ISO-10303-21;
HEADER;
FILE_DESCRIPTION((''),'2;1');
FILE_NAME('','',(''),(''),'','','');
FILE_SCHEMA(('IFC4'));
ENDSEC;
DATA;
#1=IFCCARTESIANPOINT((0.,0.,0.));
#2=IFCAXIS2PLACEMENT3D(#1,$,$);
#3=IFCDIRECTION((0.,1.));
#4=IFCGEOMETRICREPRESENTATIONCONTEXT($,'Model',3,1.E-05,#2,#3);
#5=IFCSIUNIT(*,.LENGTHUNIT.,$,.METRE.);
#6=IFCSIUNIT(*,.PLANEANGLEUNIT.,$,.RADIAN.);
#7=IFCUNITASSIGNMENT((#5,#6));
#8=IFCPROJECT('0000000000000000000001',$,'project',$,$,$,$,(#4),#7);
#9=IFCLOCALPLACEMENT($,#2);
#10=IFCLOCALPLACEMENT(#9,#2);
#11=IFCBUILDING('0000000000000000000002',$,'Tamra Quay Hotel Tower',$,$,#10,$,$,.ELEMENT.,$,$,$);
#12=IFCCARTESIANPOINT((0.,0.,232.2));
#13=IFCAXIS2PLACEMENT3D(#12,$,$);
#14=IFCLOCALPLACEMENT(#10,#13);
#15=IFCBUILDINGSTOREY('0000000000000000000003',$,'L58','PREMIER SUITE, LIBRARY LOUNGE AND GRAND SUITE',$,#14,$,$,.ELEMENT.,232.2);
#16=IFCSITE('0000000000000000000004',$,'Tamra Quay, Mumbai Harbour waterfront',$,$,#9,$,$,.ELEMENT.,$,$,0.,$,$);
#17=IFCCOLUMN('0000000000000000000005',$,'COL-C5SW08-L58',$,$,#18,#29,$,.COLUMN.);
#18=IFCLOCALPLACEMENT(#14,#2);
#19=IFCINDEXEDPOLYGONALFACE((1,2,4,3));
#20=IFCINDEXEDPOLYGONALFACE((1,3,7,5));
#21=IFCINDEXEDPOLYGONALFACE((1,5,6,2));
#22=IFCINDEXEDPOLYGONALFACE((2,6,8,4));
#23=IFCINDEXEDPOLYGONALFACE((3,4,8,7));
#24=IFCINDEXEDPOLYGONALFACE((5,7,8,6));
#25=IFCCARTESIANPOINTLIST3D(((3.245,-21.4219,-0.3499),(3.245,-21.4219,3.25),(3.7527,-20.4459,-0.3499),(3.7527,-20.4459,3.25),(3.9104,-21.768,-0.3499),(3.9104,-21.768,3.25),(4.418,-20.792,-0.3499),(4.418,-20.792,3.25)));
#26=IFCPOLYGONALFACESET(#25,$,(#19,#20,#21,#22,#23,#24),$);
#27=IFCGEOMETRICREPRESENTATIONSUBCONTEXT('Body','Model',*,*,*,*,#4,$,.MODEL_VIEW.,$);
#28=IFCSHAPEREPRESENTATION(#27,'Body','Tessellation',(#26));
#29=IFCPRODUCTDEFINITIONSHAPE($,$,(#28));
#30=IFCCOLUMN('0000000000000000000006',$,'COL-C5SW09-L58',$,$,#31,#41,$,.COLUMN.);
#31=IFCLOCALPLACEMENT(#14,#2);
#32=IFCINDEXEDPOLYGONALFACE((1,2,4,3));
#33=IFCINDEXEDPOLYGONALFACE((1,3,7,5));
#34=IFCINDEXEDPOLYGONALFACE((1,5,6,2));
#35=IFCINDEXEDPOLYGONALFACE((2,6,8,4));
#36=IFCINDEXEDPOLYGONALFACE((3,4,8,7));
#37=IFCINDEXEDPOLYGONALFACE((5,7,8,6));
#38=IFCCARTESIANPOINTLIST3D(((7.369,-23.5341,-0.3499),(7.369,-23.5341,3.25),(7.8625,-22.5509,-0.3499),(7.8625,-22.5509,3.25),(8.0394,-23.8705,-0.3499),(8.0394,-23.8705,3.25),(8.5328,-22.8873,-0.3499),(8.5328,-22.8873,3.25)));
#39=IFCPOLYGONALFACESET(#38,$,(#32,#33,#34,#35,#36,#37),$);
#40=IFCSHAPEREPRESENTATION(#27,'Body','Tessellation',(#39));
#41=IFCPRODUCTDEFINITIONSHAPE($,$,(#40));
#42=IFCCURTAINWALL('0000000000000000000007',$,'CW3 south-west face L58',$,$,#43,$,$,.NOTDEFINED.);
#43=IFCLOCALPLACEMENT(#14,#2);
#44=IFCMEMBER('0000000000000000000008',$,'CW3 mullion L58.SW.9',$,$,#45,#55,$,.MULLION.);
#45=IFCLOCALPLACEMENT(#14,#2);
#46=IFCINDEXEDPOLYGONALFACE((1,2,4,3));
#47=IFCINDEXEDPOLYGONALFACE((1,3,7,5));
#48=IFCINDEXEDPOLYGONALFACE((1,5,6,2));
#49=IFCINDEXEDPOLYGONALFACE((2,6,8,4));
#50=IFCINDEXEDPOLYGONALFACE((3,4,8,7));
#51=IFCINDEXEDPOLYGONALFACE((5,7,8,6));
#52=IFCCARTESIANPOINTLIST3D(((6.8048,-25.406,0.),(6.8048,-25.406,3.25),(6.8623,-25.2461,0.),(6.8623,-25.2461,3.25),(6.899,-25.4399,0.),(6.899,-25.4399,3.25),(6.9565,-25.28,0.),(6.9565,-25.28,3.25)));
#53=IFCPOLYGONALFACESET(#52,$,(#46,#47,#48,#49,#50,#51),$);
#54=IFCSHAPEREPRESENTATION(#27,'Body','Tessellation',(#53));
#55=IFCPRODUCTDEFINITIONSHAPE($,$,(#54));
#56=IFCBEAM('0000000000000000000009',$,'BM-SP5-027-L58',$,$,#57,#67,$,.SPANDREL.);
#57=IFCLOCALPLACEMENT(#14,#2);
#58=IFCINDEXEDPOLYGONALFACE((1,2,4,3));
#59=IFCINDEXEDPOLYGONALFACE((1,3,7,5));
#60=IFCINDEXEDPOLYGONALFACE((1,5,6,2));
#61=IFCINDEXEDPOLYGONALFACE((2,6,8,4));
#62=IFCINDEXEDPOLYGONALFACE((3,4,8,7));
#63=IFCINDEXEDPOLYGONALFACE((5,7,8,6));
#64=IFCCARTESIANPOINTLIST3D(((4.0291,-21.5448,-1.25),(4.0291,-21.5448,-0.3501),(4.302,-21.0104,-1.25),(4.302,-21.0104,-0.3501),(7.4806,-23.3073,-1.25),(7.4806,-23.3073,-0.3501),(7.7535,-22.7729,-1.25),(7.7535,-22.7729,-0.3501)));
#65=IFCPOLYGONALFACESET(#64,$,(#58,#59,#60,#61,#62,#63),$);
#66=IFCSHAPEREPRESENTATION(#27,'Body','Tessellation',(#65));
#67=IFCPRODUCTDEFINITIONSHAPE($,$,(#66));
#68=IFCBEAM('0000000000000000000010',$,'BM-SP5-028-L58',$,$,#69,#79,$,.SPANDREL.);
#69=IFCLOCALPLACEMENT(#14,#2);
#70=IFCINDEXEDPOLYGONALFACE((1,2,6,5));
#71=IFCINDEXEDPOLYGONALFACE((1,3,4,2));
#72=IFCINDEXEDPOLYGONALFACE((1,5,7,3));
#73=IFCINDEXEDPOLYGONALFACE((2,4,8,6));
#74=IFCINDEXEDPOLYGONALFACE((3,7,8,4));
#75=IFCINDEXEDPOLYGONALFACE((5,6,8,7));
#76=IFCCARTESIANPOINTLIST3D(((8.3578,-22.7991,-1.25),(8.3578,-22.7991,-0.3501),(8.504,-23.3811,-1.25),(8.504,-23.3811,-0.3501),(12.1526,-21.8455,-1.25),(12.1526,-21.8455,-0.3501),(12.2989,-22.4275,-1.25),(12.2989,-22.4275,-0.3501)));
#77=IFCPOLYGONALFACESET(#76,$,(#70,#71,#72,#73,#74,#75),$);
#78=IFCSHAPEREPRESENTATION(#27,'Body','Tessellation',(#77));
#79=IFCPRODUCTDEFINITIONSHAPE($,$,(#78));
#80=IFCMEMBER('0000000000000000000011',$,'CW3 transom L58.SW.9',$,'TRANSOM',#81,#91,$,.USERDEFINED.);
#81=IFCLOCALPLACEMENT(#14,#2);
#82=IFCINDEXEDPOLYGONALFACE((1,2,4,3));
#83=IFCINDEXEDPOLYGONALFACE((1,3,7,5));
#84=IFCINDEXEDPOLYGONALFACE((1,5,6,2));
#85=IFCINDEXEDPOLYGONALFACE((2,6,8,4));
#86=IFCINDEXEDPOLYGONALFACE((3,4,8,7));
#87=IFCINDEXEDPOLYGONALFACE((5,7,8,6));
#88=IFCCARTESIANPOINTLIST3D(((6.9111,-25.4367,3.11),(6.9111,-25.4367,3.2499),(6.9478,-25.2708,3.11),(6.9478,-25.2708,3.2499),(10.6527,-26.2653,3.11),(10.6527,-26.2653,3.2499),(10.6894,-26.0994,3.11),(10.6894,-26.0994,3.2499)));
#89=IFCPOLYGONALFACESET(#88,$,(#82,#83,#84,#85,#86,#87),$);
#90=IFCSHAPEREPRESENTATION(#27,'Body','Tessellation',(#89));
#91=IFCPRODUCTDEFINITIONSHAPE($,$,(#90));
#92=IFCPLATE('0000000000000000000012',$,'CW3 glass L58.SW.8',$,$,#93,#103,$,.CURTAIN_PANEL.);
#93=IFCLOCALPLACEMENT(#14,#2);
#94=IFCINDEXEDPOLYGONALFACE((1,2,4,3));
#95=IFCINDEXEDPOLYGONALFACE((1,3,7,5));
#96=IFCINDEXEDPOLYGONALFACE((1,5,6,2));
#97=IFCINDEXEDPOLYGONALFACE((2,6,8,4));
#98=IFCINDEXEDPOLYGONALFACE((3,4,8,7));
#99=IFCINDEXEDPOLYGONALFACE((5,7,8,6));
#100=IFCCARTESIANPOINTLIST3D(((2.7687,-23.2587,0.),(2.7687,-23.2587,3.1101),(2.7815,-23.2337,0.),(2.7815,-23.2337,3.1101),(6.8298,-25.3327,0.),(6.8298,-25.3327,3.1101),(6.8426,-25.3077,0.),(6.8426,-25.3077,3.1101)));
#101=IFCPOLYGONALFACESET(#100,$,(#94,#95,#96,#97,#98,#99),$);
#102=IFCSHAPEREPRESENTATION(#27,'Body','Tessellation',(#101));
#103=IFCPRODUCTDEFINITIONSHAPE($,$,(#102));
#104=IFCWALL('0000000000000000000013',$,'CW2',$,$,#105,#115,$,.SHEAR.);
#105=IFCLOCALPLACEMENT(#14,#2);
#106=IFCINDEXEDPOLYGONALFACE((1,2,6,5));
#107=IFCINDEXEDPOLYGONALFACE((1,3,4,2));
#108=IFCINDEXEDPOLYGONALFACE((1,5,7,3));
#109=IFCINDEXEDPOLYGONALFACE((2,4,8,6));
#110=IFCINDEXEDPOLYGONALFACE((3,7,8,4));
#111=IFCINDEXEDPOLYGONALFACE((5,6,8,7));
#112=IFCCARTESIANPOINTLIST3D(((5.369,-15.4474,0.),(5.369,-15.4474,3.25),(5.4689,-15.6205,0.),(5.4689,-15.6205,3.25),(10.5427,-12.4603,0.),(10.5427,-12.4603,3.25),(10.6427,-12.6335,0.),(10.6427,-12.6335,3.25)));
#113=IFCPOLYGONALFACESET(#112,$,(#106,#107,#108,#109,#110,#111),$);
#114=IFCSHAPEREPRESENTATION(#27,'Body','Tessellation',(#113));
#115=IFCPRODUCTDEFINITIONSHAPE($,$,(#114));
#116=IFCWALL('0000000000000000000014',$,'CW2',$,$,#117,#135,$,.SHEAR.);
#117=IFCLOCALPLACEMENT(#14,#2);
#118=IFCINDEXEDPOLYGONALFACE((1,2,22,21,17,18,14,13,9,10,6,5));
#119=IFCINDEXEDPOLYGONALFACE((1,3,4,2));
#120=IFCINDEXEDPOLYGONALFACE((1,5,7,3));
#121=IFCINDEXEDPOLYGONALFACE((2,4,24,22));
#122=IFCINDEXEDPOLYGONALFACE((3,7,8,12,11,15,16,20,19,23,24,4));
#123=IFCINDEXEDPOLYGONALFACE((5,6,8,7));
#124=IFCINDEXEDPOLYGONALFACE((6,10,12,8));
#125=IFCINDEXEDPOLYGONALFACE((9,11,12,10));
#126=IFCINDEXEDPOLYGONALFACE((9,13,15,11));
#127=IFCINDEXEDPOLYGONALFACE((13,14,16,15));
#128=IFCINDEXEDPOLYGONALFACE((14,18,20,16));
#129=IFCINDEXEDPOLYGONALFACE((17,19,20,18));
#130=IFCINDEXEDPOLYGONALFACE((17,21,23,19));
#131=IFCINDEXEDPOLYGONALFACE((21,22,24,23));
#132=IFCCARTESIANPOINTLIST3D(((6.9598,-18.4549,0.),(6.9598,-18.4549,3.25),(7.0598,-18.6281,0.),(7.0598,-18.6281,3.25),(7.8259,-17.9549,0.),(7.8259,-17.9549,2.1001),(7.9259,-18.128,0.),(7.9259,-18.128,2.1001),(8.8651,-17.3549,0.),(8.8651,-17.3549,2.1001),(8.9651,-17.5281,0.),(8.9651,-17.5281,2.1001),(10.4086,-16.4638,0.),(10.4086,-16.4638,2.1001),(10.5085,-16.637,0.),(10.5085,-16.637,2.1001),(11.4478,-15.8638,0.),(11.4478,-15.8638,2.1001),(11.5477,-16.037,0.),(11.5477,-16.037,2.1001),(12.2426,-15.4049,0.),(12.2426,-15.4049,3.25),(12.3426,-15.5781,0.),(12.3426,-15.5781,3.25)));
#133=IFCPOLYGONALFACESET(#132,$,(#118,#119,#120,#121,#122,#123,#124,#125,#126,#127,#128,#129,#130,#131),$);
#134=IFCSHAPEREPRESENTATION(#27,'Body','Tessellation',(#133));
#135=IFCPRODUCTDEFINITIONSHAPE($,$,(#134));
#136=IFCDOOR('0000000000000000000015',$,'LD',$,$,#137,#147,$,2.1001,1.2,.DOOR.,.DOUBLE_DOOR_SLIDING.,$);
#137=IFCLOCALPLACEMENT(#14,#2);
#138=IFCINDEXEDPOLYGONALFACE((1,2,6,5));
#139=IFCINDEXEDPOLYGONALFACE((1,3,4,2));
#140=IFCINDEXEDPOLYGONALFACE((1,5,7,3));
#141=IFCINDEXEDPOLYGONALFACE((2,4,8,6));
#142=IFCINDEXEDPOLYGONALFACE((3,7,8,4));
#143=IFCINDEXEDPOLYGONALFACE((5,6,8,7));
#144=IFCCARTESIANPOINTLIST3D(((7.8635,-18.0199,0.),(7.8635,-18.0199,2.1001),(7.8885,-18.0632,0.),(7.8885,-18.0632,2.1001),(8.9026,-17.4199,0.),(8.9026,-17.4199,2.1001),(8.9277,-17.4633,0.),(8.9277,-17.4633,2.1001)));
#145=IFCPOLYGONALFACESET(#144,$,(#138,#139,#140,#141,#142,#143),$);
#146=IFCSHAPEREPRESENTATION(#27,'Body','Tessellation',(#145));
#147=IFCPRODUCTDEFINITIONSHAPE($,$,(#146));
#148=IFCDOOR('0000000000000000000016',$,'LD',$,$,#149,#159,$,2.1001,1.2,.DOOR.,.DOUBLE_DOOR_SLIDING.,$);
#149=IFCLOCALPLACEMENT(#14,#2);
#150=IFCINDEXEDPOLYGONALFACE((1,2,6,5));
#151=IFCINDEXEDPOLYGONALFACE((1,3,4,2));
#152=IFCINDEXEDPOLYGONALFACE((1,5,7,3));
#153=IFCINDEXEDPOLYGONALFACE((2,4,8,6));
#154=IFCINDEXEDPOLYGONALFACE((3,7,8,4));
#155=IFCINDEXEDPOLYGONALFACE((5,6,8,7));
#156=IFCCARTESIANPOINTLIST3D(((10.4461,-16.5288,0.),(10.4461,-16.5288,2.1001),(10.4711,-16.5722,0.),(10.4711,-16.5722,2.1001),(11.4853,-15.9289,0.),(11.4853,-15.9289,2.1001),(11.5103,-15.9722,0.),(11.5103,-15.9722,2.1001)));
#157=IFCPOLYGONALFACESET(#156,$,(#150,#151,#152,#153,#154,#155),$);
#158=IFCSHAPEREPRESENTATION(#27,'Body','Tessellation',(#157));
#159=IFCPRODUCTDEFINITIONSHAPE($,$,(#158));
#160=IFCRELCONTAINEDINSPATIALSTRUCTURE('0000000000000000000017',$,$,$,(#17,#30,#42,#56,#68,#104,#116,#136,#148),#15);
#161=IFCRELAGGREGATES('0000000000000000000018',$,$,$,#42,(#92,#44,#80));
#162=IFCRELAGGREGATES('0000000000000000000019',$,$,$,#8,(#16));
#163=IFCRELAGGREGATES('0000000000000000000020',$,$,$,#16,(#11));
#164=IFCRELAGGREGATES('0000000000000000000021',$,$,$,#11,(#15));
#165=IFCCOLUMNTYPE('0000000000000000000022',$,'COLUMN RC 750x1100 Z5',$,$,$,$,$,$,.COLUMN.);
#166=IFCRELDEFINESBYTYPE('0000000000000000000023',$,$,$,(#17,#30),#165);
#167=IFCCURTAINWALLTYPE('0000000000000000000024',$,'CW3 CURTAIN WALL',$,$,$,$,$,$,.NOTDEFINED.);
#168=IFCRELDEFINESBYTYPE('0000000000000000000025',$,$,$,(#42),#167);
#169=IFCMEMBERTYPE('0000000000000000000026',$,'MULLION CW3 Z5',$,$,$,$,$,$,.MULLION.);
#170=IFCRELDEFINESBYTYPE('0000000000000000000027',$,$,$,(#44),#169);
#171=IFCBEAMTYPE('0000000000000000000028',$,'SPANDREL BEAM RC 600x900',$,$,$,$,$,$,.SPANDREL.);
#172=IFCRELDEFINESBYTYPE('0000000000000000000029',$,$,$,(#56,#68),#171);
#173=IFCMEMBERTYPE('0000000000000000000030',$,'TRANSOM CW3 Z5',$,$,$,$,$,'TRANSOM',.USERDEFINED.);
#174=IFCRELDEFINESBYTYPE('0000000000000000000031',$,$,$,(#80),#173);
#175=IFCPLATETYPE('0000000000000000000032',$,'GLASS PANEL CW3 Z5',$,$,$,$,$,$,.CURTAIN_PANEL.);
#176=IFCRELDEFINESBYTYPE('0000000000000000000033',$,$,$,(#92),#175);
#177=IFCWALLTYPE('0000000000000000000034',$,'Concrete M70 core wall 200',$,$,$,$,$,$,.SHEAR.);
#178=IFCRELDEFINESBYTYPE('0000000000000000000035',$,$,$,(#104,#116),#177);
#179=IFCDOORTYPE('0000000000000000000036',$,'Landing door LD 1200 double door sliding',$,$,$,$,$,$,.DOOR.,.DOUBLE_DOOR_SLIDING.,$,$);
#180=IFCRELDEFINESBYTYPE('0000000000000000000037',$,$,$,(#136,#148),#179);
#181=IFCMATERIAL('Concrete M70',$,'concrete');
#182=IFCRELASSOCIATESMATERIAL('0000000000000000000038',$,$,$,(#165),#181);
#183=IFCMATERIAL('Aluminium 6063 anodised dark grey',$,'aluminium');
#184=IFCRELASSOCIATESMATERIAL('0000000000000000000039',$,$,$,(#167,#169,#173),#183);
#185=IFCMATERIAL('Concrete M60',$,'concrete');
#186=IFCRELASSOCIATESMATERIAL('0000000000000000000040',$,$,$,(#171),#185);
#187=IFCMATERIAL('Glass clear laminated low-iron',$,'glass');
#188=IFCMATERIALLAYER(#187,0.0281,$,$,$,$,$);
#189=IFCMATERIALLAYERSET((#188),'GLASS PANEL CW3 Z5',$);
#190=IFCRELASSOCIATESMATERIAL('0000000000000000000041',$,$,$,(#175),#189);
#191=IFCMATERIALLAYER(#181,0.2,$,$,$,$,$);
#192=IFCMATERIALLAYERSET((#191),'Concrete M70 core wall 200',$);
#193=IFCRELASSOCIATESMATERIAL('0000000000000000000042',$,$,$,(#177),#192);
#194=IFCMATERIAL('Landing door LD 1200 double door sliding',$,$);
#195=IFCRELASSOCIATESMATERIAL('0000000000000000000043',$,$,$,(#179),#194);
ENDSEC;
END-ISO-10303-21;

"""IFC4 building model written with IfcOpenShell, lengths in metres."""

from ifc_helpers import new_model, si_unit, direction, frame, frame_2d, origin, origin_2d, place, context, subcontext, project, spatial, rectangle, extrude, material, layer, layer_set, material_profile, profile_set, type_object, element, fill, aggregate, save


model = new_model("IFC4")

# Units and contexts
model_context = context("Model", 3, precision=1e-05, world=origin(), true_north=direction((0.0, 1.0)))
body_context = subcontext(model_context, "Body", "Model", "MODEL_VIEW")
ifc_project = project(units=[si_unit("LENGTHUNIT", "METRE"), si_unit("PLANEANGLEUNIT", "RADIAN")], contexts=[model_context])

# Site, building, storey
site_placement = place(None, origin())
site = spatial("IfcSite", under=ifc_project, at=site_placement, Name="Tamra Quay, Mumbai Harbour waterfront", CompositionType="ELEMENT", RefElevation=0.0)
building_placement = place(site_placement, origin())
building = spatial("IfcBuilding", under=site, at=building_placement, Name="Tamra Quay Hotel Tower", CompositionType="ELEMENT")
storey_placement = place(building_placement, frame((0.0, 0.0, 232.2)))
storey = spatial("IfcBuildingStorey", under=building, at=storey_placement, Name="L58", Description="PREMIER SUITE, LIBRARY LOUNGE AND GRAND SUITE", CompositionType="ELEMENT", Elevation=232.2)

# Columns
ifc_material_1 = material(Name="Concrete M70", Category="concrete")
ifc_material_profile_1 = material_profile(ifc_material_1, rectangle(XDim=1.1001, YDim=0.75, at=origin_2d()), Name="COLUMN RC 750x1100 Z5")
ifc_profile_set_1 = profile_set([ifc_material_profile_1], Name="Concrete M70")
column_type = type_object("IfcColumnType", Name="COLUMN RC 750x1100 Z5", PredefinedType="COLUMN", material=ifc_profile_set_1)
for number, where, z_axis, x_axis, name in (
    (1, (3.8315, -21.1069, -0.3499), (0.0, 0.0, 1.0), (0.461448, 0.887167, 0.0), "COL-C5SW08-L58"),
    (2, (7.9509, -23.2107, -0.3499), (0.0, 0.0, 1.0), (0.448553, 0.893756, 0.0), "COL-C5SW09-L58"),
):
    element("IfcColumn", number, at=place(storey_placement, frame(where, z_axis=z_axis, x_axis=x_axis)), inside=storey, type_object=column_type, Name=name, PredefinedType="COLUMN", context=body_context, shape_type="SweptSolid", body=[
        extrude(rectangle(XDim=1.1001, YDim=0.75, at=origin_2d()), origin(), (0.0, 0.0, 1.0), 3.5999),
    ])

# Curtain wall, member
ifc_material_2 = material(Name="Aluminium 6063 anodised dark grey", Category="aluminium")
curtain_wall_type = type_object("IfcCurtainWallType", Name="CW3 CURTAIN WALL", PredefinedType="NOTDEFINED", material=ifc_material_2)
curtain_wall_placement = place(storey_placement, origin())
curtain_wall = element("IfcCurtainWall", 3, at=curtain_wall_placement, inside=storey, type_object=curtain_wall_type, Name="CW3 south-west face L58", PredefinedType="NOTDEFINED")
ifc_material_profile_2 = material_profile(ifc_material_2, rectangle(XDim=0.1699, YDim=0.1001, at=origin_2d()), Name="MULLION 100X170")
ifc_profile_set_2 = profile_set([ifc_material_profile_2], Name="Aluminium 6063 anodised dark grey")
member_type_1 = type_object("IfcMemberType", Name="MULLION CW3 Z5", PredefinedType="MULLION", material=ifc_profile_set_2)
member_1_placement = place(storey_placement, frame((6.8806, -25.343, 0.0), z_axis=(0.0, 0.0, 1.0), x_axis=(-0.338259, -0.941053, 0.0)))
member_1 = element("IfcMember", 4, at=member_1_placement, type_object=member_type_1, Name="CW3 mullion L58.SW.9", PredefinedType="MULLION", context=body_context, shape_type="SweptSolid", body=[
    extrude(rectangle(XDim=0.1699, YDim=0.1001, at=origin_2d()), origin(), (0.0, 0.0, 1.0), 3.25),
])

# Beams
ifc_material_3 = material(Name="Concrete M60", Category="concrete")
ifc_material_profile_3 = material_profile(ifc_material_3, rectangle(XDim=0.6001, YDim=0.8999, at=origin_2d()), Name="SPANDREL BEAM RC 600x900")
ifc_profile_set_3 = profile_set([ifc_material_profile_3], Name="Concrete M60")
beam_type = type_object("IfcBeamType", Name="SPANDREL BEAM RC 600x900", PredefinedType="SPANDREL", material=ifc_profile_set_3)
beam_1_placement = place(storey_placement, frame((4.1655, -21.2776, -0.8), z_axis=(0.890603, -0.454782, 0.0), x_axis=(0.454782, 0.890603, 0.0)))
element("IfcBeam", 5, at=beam_1_placement, inside=storey, type_object=beam_type, Name="BM-SP5-027-L58", PredefinedType="SPANDREL", context=body_context, shape_type="SweptSolid", body=[
    extrude(rectangle(XDim=0.6001, YDim=0.8999, at=origin_2d()), origin(), (0.0, 0.0, 1.0), 3.8755),
])
beam_2_placement = place(storey_placement, frame((8.4309, -23.0901, -0.8), z_axis=(0.969848, 0.24371, 0.0), x_axis=(-0.24371, 0.969848, 0.0)))
element("IfcBeam", 6, at=beam_2_placement, inside=storey, type_object=beam_type, Name="BM-SP5-028-L58", PredefinedType="SPANDREL", context=body_context, shape_type="SweptSolid", body=[
    extrude(rectangle(XDim=0.6001, YDim=0.8999, at=origin_2d()), origin(), (0.0, 0.0, 1.0), 3.9128),
])

# Member
ifc_material_profile_4 = material_profile(ifc_material_2, rectangle(XDim=0.1699, YDim=0.1399, at=origin_2d()), Name="TRANSOM 170X140")
ifc_profile_set_4 = profile_set([ifc_material_profile_4], Name="Aluminium 6063 anodised dark grey")
member_type_2 = type_object("IfcMemberType", Name="TRANSOM CW3 Z5", ElementType="TRANSOM", PredefinedType="USERDEFINED", material=ifc_profile_set_4)
member_2_placement = place(storey_placement, frame((6.9294, -25.3538, 3.1799), z_axis=(0.976346, -0.216215, 0.0), x_axis=(0.216215, 0.976346, 0.0)))
member_2 = element("IfcMember", 7, at=member_2_placement, type_object=member_type_2, Name="CW3 transom L58.SW.9", ObjectType="TRANSOM", PredefinedType="USERDEFINED", context=body_context, shape_type="SweptSolid", body=[
    extrude(rectangle(XDim=0.1699, YDim=0.1399, at=origin_2d()), origin(), (0.0, 0.0, 1.0), 3.8323),
])

# Plate
ifc_material_4 = material(Name="Glass clear laminated low-iron", Category="glass")
ifc_layer_1 = layer(ifc_material_4, 0.0281)
ifc_layer_set_1 = layer_set([ifc_layer_1], Name="GLASS PANEL CW3 Z5")
plate_type = type_object("IfcPlateType", Name="GLASS PANEL CW3 Z5", PredefinedType="CURTAIN_PANEL", material=ifc_layer_set_1)
plate_placement = place(storey_placement, frame((4.8057, -24.2832, 0.0), z_axis=(0.0, 0.0, 1.0), x_axis=(0.890582, -0.454823, 0.0)))
plate = element("IfcPlate", 8, at=plate_placement, type_object=plate_type, Name="CW3 glass L58.SW.8", PredefinedType="CURTAIN_PANEL", context=body_context, shape_type="SweptSolid", body=[
    extrude(rectangle(XDim=4.5601, YDim=0.0281, at=origin_2d()), origin(), (0.0, 0.0, 1.0), 3.1101),
])
aggregate(curtain_wall, [plate, member_1, member_2])

# Wall
ifc_layer_2 = layer(ifc_material_1, 0.2)
ifc_layer_set_2 = layer_set([ifc_layer_2], Name="Concrete M70 core wall 200")
wall_type_1 = type_object("IfcWallType", Name="Concrete M70 core wall 200", PredefinedType="SHEAR", material=ifc_layer_set_2)
wall_1_placement = place(storey_placement, frame((5.4189, -15.5339, 0.0), z_axis=(0.0, 0.0, 1.0), x_axis=(0.866029, 0.499994, 0.0)))
element("IfcWall", 9, at=wall_1_placement, inside=storey, type_object=wall_type_1, Name="CW2", PredefinedType="SHEAR", context=body_context, shape_type="SweptSolid", body=[
    extrude(rectangle(XDim=5.9741, YDim=0.2, at=frame_2d((2.9871, 0.0))), origin(), (0.0, 0.0, 1.0), 3.25),
])

# Wall, openings, doors
wall_2_placement = place(storey_placement, frame((7.0098, -18.5415, 0.0), z_axis=(0.0, 0.0, 1.0), x_axis=(0.86603, 0.499992, 0.0)))
wall_2 = element("IfcWall", 10, at=wall_2_placement, inside=storey, type_object=wall_type_1, Name="CW2", PredefinedType="SHEAR", context=body_context, shape_type="SweptSolid", body=[
    extrude(rectangle(XDim=6.1001, YDim=0.2, at=frame_2d((3.05, 0.0))), origin(), (0.0, 0.0, 1.0), 3.25),
])
opening_1_placement = place(wall_2_placement, frame((1.0, 0.0, 0.0)))
opening_1 = element("IfcOpeningElement", 11, at=opening_1_placement, cuts=wall_2, PredefinedType="OPENING", context=body_context, shape_type="SweptSolid", body=[
    extrude(rectangle(XDim=1.2, YDim=2.1001, at=frame_2d((0.6001, 1.05))), frame((0.0, 0.1099, 0.0), z_axis=(0.0, -1.0, 0.0), x_axis=(1.0, 0.0, 0.0)), (0.0, 0.0, 1.0), 0.22),
])
opening_2_placement = place(wall_2_placement, frame((3.9822, 0.0, 0.0)))
opening_2 = element("IfcOpeningElement", 12, at=opening_2_placement, cuts=wall_2, PredefinedType="OPENING", context=body_context, shape_type="SweptSolid", body=[
    extrude(rectangle(XDim=1.2, YDim=2.1001, at=frame_2d((0.6001, 1.05))), frame((0.0, 0.1099, 0.0), z_axis=(0.0, -1.0, 0.0), x_axis=(1.0, 0.0, 0.0)), (0.0, 0.0, 1.0), 0.22),
])
ifc_material_5 = material(Name="Landing door LD 1200 double door sliding")
door_type_1 = type_object("IfcDoorType", Name="Landing door LD 1200 double door sliding", OperationType="DOUBLE_DOOR_SLIDING", PredefinedType="DOOR", material=ifc_material_5)
door_1_placement = place(opening_1_placement, origin())
door_1 = element("IfcDoor", 13, at=door_1_placement, inside=storey, type_object=door_type_1, Name="LD", OperationType="DOUBLE_DOOR_SLIDING", OverallHeight=2.1001, OverallWidth=1.2, PredefinedType="DOOR", context=body_context, shape_type="SweptSolid", body=[
    extrude(rectangle(XDim=1.2, YDim=2.1001, at=frame_2d((0.6001, 1.05))), frame((0.0, 0.0249, 0.0), z_axis=(0.0, -1.0, 0.0), x_axis=(1.0, 0.0, 0.0)), (0.0, 0.0, 1.0), 0.05),
])
fill(opening_1, door_1)
door_2_placement = place(opening_2_placement, origin())
door_2 = element("IfcDoor", 14, at=door_2_placement, inside=storey, type_object=door_type_1, Name="LD", OperationType="DOUBLE_DOOR_SLIDING", OverallHeight=2.1001, OverallWidth=1.2, PredefinedType="DOOR", context=body_context, shape_type="SweptSolid", body=[
    extrude(rectangle(XDim=1.2, YDim=2.1001, at=frame_2d((0.6001, 1.05))), frame((0.0, 0.0249, 0.0), z_axis=(0.0, -1.0, 0.0), x_axis=(1.0, 0.0, 0.0)), (0.0, 0.0, 1.0), 0.05),
])
fill(opening_2, door_2)

save(model, "model.ifc")
